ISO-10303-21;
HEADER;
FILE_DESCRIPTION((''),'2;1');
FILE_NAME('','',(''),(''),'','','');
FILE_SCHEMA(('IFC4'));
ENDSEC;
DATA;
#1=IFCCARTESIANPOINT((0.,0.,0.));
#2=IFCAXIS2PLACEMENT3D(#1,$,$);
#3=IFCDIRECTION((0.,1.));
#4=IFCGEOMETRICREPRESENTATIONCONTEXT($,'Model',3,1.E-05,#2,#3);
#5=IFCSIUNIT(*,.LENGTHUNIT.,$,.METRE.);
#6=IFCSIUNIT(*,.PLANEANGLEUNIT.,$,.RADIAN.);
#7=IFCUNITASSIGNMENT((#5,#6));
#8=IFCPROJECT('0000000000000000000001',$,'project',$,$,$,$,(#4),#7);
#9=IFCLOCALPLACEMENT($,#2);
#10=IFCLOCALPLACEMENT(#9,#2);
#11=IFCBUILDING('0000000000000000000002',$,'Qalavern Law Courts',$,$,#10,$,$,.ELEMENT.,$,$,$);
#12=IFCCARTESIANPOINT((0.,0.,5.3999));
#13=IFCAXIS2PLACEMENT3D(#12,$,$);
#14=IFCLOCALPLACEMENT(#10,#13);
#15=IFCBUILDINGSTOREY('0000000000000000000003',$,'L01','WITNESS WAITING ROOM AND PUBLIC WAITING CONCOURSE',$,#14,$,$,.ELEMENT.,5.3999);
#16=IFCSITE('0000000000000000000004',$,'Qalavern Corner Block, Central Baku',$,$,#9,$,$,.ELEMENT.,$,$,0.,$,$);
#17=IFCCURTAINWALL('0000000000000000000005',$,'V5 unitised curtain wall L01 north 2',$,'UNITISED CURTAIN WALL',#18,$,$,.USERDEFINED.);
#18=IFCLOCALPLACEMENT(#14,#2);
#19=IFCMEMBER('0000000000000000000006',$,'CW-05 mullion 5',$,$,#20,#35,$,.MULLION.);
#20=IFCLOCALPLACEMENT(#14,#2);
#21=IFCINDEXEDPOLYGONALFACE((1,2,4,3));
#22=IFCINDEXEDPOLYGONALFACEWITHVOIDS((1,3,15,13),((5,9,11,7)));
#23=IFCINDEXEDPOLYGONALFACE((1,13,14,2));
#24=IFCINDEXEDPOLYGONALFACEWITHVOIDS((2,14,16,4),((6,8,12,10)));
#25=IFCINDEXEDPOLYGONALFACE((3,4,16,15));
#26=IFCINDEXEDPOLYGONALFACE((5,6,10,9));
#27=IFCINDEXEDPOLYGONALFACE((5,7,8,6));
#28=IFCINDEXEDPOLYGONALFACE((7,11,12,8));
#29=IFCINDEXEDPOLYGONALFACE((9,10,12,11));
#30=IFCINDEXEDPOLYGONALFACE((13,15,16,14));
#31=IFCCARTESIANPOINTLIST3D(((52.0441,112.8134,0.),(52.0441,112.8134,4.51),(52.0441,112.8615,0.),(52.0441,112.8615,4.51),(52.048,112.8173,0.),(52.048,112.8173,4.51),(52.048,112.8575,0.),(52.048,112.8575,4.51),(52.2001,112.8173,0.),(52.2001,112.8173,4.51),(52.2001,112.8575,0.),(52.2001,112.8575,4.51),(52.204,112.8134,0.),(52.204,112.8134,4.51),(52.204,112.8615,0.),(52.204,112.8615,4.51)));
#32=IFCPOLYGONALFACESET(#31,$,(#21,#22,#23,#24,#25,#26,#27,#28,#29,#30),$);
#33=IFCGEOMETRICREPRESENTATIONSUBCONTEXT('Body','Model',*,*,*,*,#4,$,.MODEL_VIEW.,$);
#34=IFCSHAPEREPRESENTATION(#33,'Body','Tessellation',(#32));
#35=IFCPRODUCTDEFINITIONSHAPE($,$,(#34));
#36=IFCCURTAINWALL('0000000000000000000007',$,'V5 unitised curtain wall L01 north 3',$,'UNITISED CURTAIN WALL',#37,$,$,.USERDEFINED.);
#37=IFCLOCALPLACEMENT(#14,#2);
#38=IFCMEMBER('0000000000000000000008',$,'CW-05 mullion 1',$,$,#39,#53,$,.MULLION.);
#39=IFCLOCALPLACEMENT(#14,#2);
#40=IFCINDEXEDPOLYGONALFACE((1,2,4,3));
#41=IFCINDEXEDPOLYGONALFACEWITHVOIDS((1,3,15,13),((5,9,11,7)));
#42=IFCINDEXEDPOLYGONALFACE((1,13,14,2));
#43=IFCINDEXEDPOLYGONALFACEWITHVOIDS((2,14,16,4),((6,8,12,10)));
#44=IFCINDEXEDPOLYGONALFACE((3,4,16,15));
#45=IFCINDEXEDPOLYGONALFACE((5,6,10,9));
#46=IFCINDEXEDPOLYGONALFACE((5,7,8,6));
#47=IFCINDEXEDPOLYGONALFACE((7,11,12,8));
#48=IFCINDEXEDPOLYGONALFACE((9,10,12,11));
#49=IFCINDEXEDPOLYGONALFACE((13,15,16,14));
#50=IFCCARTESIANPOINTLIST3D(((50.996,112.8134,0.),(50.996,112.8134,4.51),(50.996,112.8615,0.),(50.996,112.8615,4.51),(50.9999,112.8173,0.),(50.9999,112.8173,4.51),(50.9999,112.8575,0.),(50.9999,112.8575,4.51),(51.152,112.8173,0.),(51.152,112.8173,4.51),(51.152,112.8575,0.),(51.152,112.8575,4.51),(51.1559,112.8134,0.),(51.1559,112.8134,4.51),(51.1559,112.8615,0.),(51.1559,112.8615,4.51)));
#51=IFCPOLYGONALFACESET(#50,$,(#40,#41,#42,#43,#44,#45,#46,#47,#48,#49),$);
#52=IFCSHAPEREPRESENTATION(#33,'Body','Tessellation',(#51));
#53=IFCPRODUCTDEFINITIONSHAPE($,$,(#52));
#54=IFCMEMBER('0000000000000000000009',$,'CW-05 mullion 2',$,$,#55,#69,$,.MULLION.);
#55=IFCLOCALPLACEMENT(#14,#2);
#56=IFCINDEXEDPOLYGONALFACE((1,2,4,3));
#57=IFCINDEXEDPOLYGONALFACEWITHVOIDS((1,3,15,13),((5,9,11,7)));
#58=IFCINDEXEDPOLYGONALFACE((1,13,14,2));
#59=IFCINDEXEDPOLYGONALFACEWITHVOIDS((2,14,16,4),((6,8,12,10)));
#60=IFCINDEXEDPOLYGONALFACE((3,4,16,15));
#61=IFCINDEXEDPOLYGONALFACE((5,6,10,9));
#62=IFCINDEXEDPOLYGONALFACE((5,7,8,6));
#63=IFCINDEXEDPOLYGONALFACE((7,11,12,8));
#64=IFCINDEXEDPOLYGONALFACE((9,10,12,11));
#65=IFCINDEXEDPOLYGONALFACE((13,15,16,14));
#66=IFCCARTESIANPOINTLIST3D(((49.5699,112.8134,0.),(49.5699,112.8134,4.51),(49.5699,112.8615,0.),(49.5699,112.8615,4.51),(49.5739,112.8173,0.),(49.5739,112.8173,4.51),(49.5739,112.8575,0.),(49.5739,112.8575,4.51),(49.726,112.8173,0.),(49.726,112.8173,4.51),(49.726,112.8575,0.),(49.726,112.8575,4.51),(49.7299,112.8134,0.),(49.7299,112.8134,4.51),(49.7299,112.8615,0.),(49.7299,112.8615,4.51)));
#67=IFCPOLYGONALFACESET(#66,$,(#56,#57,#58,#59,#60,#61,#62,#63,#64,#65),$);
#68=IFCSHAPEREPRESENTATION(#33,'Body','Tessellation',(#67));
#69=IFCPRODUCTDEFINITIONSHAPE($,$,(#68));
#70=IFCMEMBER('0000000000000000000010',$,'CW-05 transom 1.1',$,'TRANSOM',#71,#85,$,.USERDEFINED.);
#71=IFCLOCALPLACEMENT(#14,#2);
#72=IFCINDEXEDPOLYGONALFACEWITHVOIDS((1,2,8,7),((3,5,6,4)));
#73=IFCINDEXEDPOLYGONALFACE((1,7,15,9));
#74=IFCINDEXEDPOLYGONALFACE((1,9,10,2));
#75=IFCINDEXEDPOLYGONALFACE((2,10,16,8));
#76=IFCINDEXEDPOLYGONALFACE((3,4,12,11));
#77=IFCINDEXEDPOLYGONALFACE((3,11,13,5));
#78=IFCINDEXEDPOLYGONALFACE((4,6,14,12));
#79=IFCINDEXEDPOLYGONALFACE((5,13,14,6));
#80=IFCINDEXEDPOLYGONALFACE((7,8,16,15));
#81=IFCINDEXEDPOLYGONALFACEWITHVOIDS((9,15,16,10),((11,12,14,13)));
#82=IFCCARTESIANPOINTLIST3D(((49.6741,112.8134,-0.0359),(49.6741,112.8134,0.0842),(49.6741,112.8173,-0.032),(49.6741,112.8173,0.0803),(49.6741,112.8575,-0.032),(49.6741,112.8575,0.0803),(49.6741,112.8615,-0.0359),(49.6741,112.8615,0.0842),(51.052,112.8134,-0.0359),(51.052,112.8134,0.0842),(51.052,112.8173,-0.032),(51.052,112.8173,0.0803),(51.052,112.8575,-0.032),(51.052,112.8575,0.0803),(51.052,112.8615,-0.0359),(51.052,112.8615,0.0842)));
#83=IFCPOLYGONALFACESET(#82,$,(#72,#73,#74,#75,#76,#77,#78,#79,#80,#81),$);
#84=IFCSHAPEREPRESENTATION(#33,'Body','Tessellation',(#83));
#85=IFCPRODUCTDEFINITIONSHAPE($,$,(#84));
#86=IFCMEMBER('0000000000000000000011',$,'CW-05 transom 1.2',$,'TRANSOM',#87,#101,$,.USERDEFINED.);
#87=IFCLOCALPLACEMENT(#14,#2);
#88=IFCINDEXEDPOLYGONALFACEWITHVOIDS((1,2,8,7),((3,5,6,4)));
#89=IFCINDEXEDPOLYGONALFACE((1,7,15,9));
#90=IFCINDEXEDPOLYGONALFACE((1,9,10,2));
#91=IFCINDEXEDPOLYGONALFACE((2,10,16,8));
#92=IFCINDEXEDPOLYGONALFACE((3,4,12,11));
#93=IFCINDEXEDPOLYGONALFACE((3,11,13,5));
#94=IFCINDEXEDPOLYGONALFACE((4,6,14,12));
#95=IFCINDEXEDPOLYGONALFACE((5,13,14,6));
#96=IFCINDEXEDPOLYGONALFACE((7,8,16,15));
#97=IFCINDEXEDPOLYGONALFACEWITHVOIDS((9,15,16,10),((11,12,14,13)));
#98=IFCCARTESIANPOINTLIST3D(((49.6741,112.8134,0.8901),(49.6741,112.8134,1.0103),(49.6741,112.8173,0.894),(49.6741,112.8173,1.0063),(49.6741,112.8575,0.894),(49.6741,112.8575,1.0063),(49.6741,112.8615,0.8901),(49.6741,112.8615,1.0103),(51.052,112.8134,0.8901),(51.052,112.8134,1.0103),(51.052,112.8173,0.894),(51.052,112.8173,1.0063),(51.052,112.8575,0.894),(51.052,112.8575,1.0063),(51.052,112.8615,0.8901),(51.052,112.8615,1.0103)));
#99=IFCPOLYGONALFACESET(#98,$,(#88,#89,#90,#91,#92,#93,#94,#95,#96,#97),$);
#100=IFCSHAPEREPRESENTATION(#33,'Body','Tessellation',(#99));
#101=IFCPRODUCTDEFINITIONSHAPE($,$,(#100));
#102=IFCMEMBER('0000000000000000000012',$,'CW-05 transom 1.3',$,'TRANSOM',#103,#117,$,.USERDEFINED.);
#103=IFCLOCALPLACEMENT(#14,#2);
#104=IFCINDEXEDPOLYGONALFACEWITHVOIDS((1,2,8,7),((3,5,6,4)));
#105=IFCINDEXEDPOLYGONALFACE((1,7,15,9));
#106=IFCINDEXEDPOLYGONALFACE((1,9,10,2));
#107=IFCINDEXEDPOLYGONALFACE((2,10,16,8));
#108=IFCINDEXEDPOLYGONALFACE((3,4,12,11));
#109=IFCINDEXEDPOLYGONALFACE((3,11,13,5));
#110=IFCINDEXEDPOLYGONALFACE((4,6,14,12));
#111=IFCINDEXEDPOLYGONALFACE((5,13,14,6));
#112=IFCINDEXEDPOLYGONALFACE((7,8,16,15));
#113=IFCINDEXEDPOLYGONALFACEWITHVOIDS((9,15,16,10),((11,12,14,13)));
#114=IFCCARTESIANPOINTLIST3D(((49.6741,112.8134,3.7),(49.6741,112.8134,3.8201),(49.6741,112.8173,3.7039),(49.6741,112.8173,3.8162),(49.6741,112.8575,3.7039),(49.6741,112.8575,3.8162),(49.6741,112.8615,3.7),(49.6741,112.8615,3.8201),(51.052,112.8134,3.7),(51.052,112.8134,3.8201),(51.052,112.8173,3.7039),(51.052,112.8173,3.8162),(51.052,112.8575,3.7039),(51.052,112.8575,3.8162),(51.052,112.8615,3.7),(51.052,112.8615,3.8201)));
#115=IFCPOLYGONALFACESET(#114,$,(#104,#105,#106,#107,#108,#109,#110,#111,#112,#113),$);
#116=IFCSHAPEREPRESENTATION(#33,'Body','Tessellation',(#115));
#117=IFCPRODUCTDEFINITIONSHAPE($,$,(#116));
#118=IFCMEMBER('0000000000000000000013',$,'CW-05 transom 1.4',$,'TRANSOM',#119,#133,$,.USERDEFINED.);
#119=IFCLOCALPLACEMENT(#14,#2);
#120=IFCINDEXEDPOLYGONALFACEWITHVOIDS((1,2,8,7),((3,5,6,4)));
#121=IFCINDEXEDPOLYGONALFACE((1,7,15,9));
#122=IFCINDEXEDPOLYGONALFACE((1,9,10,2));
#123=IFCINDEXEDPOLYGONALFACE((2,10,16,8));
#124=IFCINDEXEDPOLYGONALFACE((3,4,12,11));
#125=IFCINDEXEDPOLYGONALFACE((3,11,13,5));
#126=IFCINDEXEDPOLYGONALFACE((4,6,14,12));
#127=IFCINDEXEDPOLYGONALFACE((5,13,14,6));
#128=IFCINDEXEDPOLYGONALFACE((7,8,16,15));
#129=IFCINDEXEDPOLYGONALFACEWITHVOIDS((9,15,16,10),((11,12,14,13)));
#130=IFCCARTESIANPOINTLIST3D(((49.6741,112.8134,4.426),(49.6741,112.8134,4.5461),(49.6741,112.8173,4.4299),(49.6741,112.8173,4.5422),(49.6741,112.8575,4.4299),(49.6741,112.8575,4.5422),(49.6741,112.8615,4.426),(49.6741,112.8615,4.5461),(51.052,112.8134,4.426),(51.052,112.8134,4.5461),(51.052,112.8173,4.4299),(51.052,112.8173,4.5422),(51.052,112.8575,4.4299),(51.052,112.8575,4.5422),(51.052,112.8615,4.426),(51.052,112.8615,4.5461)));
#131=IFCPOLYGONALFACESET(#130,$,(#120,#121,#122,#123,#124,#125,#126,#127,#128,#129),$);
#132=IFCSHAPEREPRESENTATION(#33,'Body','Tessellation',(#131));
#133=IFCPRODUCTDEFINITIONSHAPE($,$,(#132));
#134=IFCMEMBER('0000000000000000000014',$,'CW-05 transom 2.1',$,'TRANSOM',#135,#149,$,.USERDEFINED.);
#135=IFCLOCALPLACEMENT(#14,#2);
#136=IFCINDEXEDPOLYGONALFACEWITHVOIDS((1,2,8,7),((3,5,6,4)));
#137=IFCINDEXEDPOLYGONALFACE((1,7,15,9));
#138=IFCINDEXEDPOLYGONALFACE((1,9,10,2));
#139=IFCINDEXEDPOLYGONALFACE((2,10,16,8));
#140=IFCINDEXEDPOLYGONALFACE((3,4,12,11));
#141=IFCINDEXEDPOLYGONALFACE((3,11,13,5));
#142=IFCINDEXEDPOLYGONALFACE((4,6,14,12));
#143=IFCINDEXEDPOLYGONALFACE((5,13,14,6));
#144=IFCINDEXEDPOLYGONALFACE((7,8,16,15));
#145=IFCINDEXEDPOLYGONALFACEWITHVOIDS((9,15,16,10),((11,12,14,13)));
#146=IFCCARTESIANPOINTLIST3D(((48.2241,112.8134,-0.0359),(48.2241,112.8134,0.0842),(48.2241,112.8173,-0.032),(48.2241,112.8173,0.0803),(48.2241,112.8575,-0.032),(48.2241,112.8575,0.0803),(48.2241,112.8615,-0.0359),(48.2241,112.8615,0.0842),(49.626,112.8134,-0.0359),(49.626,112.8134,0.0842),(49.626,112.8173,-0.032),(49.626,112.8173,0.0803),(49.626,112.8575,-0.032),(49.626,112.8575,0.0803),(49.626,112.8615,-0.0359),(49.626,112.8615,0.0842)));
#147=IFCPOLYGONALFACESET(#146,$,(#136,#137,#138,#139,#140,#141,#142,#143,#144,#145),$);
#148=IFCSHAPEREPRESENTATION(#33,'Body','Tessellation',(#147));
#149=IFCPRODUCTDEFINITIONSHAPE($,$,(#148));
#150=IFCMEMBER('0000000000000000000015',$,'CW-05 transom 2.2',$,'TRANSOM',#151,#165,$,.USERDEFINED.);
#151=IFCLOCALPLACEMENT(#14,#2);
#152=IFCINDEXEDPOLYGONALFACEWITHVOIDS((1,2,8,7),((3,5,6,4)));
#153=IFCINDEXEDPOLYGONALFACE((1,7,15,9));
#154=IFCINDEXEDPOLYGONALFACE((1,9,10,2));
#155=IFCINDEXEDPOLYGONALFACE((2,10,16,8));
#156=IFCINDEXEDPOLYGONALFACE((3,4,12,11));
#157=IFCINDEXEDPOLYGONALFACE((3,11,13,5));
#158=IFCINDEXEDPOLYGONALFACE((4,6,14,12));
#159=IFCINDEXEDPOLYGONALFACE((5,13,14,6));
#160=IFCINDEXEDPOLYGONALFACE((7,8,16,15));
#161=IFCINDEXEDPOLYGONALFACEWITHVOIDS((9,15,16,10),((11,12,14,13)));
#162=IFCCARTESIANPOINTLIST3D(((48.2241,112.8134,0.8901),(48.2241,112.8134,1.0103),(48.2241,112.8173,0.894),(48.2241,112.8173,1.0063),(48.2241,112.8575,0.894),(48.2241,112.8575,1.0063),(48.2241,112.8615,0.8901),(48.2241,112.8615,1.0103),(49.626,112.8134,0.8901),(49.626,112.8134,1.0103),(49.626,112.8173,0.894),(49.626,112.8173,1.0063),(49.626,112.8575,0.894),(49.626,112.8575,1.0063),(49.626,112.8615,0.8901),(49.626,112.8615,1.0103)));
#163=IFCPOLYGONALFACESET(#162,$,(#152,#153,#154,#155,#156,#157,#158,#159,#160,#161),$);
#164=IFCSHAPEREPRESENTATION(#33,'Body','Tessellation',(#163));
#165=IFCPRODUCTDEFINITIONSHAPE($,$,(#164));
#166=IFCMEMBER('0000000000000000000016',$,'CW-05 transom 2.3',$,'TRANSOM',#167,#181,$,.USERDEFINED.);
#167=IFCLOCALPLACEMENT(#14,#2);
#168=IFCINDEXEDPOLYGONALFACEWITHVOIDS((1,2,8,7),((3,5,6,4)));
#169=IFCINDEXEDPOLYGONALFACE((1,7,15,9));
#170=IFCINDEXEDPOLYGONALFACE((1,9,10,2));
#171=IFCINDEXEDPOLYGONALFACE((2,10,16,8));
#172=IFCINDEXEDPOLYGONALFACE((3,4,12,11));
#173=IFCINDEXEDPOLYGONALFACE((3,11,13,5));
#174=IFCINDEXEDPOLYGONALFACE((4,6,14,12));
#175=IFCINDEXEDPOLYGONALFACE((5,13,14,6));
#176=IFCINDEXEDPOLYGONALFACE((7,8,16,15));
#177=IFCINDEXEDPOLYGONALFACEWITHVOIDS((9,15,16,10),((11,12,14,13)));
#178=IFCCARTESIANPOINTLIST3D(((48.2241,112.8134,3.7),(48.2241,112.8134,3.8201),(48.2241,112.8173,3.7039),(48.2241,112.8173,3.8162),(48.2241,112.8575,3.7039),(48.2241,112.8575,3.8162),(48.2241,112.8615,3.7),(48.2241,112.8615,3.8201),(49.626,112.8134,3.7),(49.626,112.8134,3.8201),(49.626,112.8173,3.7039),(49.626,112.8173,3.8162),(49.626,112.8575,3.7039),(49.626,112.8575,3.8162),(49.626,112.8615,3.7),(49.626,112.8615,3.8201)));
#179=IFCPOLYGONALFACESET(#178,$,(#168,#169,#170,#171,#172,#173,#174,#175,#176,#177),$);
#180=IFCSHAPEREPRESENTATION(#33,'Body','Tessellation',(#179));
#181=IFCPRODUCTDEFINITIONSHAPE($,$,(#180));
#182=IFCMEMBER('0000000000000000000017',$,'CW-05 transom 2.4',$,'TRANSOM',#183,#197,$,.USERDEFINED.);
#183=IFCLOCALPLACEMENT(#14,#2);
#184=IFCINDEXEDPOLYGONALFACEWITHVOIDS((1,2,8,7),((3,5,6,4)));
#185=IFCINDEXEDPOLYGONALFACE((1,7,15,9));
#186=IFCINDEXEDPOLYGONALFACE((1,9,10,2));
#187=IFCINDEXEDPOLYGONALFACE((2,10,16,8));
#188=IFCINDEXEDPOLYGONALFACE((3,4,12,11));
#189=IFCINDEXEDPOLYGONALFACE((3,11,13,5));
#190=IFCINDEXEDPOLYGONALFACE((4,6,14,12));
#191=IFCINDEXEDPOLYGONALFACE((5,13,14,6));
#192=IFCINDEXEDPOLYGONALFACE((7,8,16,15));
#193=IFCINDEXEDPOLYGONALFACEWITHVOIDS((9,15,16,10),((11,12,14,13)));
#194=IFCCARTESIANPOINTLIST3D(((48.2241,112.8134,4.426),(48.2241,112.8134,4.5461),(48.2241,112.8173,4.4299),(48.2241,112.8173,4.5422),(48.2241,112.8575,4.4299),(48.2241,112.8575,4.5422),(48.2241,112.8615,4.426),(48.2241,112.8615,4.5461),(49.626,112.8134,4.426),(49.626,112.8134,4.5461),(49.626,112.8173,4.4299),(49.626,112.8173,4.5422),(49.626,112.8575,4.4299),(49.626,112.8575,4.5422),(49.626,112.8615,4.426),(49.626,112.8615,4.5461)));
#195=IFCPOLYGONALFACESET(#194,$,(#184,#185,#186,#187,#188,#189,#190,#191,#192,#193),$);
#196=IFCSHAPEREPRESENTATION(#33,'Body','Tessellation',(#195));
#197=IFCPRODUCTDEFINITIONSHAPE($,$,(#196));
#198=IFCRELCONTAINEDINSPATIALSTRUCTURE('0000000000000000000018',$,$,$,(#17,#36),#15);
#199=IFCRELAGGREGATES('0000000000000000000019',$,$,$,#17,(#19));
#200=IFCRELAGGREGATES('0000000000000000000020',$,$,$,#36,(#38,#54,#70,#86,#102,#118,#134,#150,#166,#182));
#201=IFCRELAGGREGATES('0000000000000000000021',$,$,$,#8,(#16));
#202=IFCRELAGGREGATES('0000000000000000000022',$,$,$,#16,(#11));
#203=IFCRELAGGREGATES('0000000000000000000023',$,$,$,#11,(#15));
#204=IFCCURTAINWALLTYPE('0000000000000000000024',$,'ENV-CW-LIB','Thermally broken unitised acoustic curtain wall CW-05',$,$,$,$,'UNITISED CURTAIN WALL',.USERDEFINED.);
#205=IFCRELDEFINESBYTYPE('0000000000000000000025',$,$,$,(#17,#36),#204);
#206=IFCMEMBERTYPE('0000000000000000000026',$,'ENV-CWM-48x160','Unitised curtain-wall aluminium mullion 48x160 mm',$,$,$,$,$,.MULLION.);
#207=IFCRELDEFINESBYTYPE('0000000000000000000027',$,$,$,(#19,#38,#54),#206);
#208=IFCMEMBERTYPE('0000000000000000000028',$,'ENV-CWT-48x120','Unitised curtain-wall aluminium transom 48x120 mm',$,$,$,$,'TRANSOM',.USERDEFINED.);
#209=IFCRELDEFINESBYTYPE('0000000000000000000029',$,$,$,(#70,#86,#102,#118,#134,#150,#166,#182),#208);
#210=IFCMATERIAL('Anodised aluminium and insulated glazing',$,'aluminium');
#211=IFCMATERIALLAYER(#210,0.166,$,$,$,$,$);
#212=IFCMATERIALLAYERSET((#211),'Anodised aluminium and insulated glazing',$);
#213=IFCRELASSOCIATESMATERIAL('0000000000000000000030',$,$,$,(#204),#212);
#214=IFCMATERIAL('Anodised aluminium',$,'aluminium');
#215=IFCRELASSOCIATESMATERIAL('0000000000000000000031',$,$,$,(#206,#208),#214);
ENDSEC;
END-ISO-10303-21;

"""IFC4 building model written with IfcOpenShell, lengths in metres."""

from ifc_helpers import new_model, si_unit, direction, frame, origin, origin_2d, place, context, subcontext, project, spatial, hollow_rectangle, extrude, material, layer, layer_set, material_profile, profile_set, type_object, element, aggregate, save


model = new_model("IFC4")

# Units and contexts
model_context = context("Model", 3, precision=1e-05, world=origin(), true_north=direction((0.0, 1.0)))
body_context = subcontext(model_context, "Body", "Model", "MODEL_VIEW")
ifc_project = project(units=[si_unit("LENGTHUNIT", "METRE"), si_unit("PLANEANGLEUNIT", "RADIAN")], contexts=[model_context])

# Site, building, storey
site_placement = place(None, origin())
site = spatial("IfcSite", under=ifc_project, at=site_placement, Name="Qalavern Corner Block, Central Baku", CompositionType="ELEMENT", RefElevation=0.0)
building_placement = place(site_placement, origin())
building = spatial("IfcBuilding", under=site, at=building_placement, Name="Qalavern Law Courts", CompositionType="ELEMENT")
storey_placement = place(building_placement, frame((0.0, 0.0, 5.3999)))
storey = spatial("IfcBuildingStorey", under=building, at=storey_placement, Name="L01", Description="WITNESS WAITING ROOM AND PUBLIC WAITING CONCOURSE", CompositionType="ELEMENT", Elevation=5.3999)

# Curtain wall, member
ifc_material_1 = material(Name="Anodised aluminium and insulated glazing", Category="aluminium")
ifc_layer_1 = layer(ifc_material_1, 0.166)
ifc_layer_set_1 = layer_set([ifc_layer_1], Name="Anodised aluminium and insulated glazing")
curtain_wall_type = type_object("IfcCurtainWallType", Name="ENV-CW-LIB", Description="Thermally broken unitised acoustic curtain wall CW-05", ElementType="UNITISED CURTAIN WALL", PredefinedType="USERDEFINED", material=ifc_layer_set_1)
curtain_wall_1_placement = place(storey_placement, origin())
curtain_wall_1 = element("IfcCurtainWall", 1, at=curtain_wall_1_placement, inside=storey, type_object=curtain_wall_type, Name="V5 unitised curtain wall L01 north 2", ObjectType="UNITISED CURTAIN WALL", PredefinedType="USERDEFINED")
ifc_material_2 = material(Name="Anodised aluminium", Category="aluminium")
ifc_material_profile_1 = material_profile(ifc_material_2, hollow_rectangle(XDim=0.0481, YDim=0.1599, WallThickness=0.0039, at=origin_2d()), Name="ALU MULLION 48x160")
ifc_profile_set_1 = profile_set([ifc_material_profile_1], Name="Anodised aluminium")
member_type_1 = type_object("IfcMemberType", Name="ENV-CWM-48x160", Description="Unitised curtain-wall aluminium mullion 48x160 mm", PredefinedType="MULLION", material=ifc_profile_set_1)
member_1_placement = place(storey_placement, frame((52.124, 112.8374, 0.0), z_axis=(0.0, 0.0, 1.0), x_axis=(0.0, -1.0, 0.0)))
member_1 = element("IfcMember", 2, at=member_1_placement, type_object=member_type_1, Name="CW-05 mullion 5", PredefinedType="MULLION", context=body_context, shape_type="SweptSolid", body=[
    extrude(hollow_rectangle(XDim=0.0481, YDim=0.1599, WallThickness=0.0039, at=origin_2d()), origin(), (0.0, 0.0, 1.0), 4.51),
])
aggregate(curtain_wall_1, [member_1])

# Curtain wall, members
curtain_wall_2_placement = place(storey_placement, origin())
curtain_wall_2 = element("IfcCurtainWall", 3, at=curtain_wall_2_placement, inside=storey, type_object=curtain_wall_type, Name="V5 unitised curtain wall L01 north 3", ObjectType="UNITISED CURTAIN WALL", PredefinedType="USERDEFINED")
member_2_placement = place(storey_placement, frame((51.0759, 112.8374, 0.0), z_axis=(0.0, 0.0, 1.0), x_axis=(0.0, -1.0, 0.0)))
member_2 = element("IfcMember", 4, at=member_2_placement, type_object=member_type_1, Name="CW-05 mullion 1", PredefinedType="MULLION", context=body_context, shape_type="SweptSolid", body=[
    extrude(hollow_rectangle(XDim=0.0481, YDim=0.1599, WallThickness=0.0039, at=origin_2d()), origin(), (0.0, 0.0, 1.0), 4.51),
])
member_3_placement = place(storey_placement, frame((49.6499, 112.8374, 0.0), z_axis=(0.0, 0.0, 1.0), x_axis=(0.0, -1.0, 0.0)))
member_3 = element("IfcMember", 5, at=member_3_placement, type_object=member_type_1, Name="CW-05 mullion 2", PredefinedType="MULLION", context=body_context, shape_type="SweptSolid", body=[
    extrude(hollow_rectangle(XDim=0.0481, YDim=0.1599, WallThickness=0.0039, at=origin_2d()), origin(), (0.0, 0.0, 1.0), 4.51),
])
ifc_material_profile_2 = material_profile(ifc_material_2, hollow_rectangle(XDim=0.0481, YDim=0.1201, WallThickness=0.0039, at=origin_2d()), Name="ALU TRANSOM 48x120")
ifc_profile_set_2 = profile_set([ifc_material_profile_2], Name="Anodised aluminium")
member_type_2 = type_object("IfcMemberType", Name="ENV-CWT-48x120", Description="Unitised curtain-wall aluminium transom 48x120 mm", ElementType="TRANSOM", PredefinedType="USERDEFINED", material=ifc_profile_set_2)
member_4_placement = place(storey_placement, frame((51.052, 112.8374, 0.0242), z_axis=(-1.0, 0.0, 0.0), x_axis=(0.0, -1.0, 0.0)))
member_4 = element("IfcMember", 6, at=member_4_placement, type_object=member_type_2, Name="CW-05 transom 1.1", ObjectType="TRANSOM", PredefinedType="USERDEFINED", context=body_context, shape_type="SweptSolid", body=[
    extrude(hollow_rectangle(XDim=0.0481, YDim=0.1201, WallThickness=0.0039, at=origin_2d()), origin(), (0.0, 0.0, 1.0), 1.3779),
])
member_5_placement = place(storey_placement, frame((51.052, 112.8374, 0.9502), z_axis=(-1.0, 0.0, 0.0), x_axis=(0.0, -1.0, 0.0)))
member_5 = element("IfcMember", 7, at=member_5_placement, type_object=member_type_2, Name="CW-05 transom 1.2", ObjectType="TRANSOM", PredefinedType="USERDEFINED", context=body_context, shape_type="SweptSolid", body=[
    extrude(hollow_rectangle(XDim=0.0481, YDim=0.1201, WallThickness=0.0039, at=origin_2d()), origin(), (0.0, 0.0, 1.0), 1.3779),
])
member_6_placement = place(storey_placement, frame((51.052, 112.8374, 3.76), z_axis=(-1.0, 0.0, 0.0), x_axis=(0.0, -1.0, 0.0)))
member_6 = element("IfcMember", 8, at=member_6_placement, type_object=member_type_2, Name="CW-05 transom 1.3", ObjectType="TRANSOM", PredefinedType="USERDEFINED", context=body_context, shape_type="SweptSolid", body=[
    extrude(hollow_rectangle(XDim=0.0481, YDim=0.1201, WallThickness=0.0039, at=origin_2d()), origin(), (0.0, 0.0, 1.0), 1.3779),
])
member_7_placement = place(storey_placement, frame((51.052, 112.8374, 4.4861), z_axis=(-1.0, 0.0, 0.0), x_axis=(0.0, -1.0, 0.0)))
member_7 = element("IfcMember", 9, at=member_7_placement, type_object=member_type_2, Name="CW-05 transom 1.4", ObjectType="TRANSOM", PredefinedType="USERDEFINED", context=body_context, shape_type="SweptSolid", body=[
    extrude(hollow_rectangle(XDim=0.0481, YDim=0.1201, WallThickness=0.0039, at=origin_2d()), origin(), (0.0, 0.0, 1.0), 1.3779),
])
member_8_placement = place(storey_placement, frame((49.626, 112.8374, 0.0242), z_axis=(-1.0, 0.0, 0.0), x_axis=(0.0, -1.0, 0.0)))
member_8 = element("IfcMember", 10, at=member_8_placement, type_object=member_type_2, Name="CW-05 transom 2.1", ObjectType="TRANSOM", PredefinedType="USERDEFINED", context=body_context, shape_type="SweptSolid", body=[
    extrude(hollow_rectangle(XDim=0.0481, YDim=0.1201, WallThickness=0.0039, at=origin_2d()), origin(), (0.0, 0.0, 1.0), 1.4019),
])
member_9_placement = place(storey_placement, frame((49.626, 112.8374, 0.9502), z_axis=(-1.0, 0.0, 0.0), x_axis=(0.0, -1.0, 0.0)))
member_9 = element("IfcMember", 11, at=member_9_placement, type_object=member_type_2, Name="CW-05 transom 2.2", ObjectType="TRANSOM", PredefinedType="USERDEFINED", context=body_context, shape_type="SweptSolid", body=[
    extrude(hollow_rectangle(XDim=0.0481, YDim=0.1201, WallThickness=0.0039, at=origin_2d()), origin(), (0.0, 0.0, 1.0), 1.4019),
])
member_10_placement = place(storey_placement, frame((49.626, 112.8374, 3.76), z_axis=(-1.0, 0.0, 0.0), x_axis=(0.0, -1.0, 0.0)))
member_10 = element("IfcMember", 12, at=member_10_placement, type_object=member_type_2, Name="CW-05 transom 2.3", ObjectType="TRANSOM", PredefinedType="USERDEFINED", context=body_context, shape_type="SweptSolid", body=[
    extrude(hollow_rectangle(XDim=0.0481, YDim=0.1201, WallThickness=0.0039, at=origin_2d()), origin(), (0.0, 0.0, 1.0), 1.4019),
])
member_11_placement = place(storey_placement, frame((49.626, 112.8374, 4.4861), z_axis=(-1.0, 0.0, 0.0), x_axis=(0.0, -1.0, 0.0)))
member_11 = element("IfcMember", 13, at=member_11_placement, type_object=member_type_2, Name="CW-05 transom 2.4", ObjectType="TRANSOM", PredefinedType="USERDEFINED", context=body_context, shape_type="SweptSolid", body=[
    extrude(hollow_rectangle(XDim=0.0481, YDim=0.1201, WallThickness=0.0039, at=origin_2d()), origin(), (0.0, 0.0, 1.0), 1.4019),
])
aggregate(curtain_wall_2, [member_2, member_3, member_4, member_5, member_6, member_7, member_8, member_9, member_10, member_11])

save(model, "model.ifc")
